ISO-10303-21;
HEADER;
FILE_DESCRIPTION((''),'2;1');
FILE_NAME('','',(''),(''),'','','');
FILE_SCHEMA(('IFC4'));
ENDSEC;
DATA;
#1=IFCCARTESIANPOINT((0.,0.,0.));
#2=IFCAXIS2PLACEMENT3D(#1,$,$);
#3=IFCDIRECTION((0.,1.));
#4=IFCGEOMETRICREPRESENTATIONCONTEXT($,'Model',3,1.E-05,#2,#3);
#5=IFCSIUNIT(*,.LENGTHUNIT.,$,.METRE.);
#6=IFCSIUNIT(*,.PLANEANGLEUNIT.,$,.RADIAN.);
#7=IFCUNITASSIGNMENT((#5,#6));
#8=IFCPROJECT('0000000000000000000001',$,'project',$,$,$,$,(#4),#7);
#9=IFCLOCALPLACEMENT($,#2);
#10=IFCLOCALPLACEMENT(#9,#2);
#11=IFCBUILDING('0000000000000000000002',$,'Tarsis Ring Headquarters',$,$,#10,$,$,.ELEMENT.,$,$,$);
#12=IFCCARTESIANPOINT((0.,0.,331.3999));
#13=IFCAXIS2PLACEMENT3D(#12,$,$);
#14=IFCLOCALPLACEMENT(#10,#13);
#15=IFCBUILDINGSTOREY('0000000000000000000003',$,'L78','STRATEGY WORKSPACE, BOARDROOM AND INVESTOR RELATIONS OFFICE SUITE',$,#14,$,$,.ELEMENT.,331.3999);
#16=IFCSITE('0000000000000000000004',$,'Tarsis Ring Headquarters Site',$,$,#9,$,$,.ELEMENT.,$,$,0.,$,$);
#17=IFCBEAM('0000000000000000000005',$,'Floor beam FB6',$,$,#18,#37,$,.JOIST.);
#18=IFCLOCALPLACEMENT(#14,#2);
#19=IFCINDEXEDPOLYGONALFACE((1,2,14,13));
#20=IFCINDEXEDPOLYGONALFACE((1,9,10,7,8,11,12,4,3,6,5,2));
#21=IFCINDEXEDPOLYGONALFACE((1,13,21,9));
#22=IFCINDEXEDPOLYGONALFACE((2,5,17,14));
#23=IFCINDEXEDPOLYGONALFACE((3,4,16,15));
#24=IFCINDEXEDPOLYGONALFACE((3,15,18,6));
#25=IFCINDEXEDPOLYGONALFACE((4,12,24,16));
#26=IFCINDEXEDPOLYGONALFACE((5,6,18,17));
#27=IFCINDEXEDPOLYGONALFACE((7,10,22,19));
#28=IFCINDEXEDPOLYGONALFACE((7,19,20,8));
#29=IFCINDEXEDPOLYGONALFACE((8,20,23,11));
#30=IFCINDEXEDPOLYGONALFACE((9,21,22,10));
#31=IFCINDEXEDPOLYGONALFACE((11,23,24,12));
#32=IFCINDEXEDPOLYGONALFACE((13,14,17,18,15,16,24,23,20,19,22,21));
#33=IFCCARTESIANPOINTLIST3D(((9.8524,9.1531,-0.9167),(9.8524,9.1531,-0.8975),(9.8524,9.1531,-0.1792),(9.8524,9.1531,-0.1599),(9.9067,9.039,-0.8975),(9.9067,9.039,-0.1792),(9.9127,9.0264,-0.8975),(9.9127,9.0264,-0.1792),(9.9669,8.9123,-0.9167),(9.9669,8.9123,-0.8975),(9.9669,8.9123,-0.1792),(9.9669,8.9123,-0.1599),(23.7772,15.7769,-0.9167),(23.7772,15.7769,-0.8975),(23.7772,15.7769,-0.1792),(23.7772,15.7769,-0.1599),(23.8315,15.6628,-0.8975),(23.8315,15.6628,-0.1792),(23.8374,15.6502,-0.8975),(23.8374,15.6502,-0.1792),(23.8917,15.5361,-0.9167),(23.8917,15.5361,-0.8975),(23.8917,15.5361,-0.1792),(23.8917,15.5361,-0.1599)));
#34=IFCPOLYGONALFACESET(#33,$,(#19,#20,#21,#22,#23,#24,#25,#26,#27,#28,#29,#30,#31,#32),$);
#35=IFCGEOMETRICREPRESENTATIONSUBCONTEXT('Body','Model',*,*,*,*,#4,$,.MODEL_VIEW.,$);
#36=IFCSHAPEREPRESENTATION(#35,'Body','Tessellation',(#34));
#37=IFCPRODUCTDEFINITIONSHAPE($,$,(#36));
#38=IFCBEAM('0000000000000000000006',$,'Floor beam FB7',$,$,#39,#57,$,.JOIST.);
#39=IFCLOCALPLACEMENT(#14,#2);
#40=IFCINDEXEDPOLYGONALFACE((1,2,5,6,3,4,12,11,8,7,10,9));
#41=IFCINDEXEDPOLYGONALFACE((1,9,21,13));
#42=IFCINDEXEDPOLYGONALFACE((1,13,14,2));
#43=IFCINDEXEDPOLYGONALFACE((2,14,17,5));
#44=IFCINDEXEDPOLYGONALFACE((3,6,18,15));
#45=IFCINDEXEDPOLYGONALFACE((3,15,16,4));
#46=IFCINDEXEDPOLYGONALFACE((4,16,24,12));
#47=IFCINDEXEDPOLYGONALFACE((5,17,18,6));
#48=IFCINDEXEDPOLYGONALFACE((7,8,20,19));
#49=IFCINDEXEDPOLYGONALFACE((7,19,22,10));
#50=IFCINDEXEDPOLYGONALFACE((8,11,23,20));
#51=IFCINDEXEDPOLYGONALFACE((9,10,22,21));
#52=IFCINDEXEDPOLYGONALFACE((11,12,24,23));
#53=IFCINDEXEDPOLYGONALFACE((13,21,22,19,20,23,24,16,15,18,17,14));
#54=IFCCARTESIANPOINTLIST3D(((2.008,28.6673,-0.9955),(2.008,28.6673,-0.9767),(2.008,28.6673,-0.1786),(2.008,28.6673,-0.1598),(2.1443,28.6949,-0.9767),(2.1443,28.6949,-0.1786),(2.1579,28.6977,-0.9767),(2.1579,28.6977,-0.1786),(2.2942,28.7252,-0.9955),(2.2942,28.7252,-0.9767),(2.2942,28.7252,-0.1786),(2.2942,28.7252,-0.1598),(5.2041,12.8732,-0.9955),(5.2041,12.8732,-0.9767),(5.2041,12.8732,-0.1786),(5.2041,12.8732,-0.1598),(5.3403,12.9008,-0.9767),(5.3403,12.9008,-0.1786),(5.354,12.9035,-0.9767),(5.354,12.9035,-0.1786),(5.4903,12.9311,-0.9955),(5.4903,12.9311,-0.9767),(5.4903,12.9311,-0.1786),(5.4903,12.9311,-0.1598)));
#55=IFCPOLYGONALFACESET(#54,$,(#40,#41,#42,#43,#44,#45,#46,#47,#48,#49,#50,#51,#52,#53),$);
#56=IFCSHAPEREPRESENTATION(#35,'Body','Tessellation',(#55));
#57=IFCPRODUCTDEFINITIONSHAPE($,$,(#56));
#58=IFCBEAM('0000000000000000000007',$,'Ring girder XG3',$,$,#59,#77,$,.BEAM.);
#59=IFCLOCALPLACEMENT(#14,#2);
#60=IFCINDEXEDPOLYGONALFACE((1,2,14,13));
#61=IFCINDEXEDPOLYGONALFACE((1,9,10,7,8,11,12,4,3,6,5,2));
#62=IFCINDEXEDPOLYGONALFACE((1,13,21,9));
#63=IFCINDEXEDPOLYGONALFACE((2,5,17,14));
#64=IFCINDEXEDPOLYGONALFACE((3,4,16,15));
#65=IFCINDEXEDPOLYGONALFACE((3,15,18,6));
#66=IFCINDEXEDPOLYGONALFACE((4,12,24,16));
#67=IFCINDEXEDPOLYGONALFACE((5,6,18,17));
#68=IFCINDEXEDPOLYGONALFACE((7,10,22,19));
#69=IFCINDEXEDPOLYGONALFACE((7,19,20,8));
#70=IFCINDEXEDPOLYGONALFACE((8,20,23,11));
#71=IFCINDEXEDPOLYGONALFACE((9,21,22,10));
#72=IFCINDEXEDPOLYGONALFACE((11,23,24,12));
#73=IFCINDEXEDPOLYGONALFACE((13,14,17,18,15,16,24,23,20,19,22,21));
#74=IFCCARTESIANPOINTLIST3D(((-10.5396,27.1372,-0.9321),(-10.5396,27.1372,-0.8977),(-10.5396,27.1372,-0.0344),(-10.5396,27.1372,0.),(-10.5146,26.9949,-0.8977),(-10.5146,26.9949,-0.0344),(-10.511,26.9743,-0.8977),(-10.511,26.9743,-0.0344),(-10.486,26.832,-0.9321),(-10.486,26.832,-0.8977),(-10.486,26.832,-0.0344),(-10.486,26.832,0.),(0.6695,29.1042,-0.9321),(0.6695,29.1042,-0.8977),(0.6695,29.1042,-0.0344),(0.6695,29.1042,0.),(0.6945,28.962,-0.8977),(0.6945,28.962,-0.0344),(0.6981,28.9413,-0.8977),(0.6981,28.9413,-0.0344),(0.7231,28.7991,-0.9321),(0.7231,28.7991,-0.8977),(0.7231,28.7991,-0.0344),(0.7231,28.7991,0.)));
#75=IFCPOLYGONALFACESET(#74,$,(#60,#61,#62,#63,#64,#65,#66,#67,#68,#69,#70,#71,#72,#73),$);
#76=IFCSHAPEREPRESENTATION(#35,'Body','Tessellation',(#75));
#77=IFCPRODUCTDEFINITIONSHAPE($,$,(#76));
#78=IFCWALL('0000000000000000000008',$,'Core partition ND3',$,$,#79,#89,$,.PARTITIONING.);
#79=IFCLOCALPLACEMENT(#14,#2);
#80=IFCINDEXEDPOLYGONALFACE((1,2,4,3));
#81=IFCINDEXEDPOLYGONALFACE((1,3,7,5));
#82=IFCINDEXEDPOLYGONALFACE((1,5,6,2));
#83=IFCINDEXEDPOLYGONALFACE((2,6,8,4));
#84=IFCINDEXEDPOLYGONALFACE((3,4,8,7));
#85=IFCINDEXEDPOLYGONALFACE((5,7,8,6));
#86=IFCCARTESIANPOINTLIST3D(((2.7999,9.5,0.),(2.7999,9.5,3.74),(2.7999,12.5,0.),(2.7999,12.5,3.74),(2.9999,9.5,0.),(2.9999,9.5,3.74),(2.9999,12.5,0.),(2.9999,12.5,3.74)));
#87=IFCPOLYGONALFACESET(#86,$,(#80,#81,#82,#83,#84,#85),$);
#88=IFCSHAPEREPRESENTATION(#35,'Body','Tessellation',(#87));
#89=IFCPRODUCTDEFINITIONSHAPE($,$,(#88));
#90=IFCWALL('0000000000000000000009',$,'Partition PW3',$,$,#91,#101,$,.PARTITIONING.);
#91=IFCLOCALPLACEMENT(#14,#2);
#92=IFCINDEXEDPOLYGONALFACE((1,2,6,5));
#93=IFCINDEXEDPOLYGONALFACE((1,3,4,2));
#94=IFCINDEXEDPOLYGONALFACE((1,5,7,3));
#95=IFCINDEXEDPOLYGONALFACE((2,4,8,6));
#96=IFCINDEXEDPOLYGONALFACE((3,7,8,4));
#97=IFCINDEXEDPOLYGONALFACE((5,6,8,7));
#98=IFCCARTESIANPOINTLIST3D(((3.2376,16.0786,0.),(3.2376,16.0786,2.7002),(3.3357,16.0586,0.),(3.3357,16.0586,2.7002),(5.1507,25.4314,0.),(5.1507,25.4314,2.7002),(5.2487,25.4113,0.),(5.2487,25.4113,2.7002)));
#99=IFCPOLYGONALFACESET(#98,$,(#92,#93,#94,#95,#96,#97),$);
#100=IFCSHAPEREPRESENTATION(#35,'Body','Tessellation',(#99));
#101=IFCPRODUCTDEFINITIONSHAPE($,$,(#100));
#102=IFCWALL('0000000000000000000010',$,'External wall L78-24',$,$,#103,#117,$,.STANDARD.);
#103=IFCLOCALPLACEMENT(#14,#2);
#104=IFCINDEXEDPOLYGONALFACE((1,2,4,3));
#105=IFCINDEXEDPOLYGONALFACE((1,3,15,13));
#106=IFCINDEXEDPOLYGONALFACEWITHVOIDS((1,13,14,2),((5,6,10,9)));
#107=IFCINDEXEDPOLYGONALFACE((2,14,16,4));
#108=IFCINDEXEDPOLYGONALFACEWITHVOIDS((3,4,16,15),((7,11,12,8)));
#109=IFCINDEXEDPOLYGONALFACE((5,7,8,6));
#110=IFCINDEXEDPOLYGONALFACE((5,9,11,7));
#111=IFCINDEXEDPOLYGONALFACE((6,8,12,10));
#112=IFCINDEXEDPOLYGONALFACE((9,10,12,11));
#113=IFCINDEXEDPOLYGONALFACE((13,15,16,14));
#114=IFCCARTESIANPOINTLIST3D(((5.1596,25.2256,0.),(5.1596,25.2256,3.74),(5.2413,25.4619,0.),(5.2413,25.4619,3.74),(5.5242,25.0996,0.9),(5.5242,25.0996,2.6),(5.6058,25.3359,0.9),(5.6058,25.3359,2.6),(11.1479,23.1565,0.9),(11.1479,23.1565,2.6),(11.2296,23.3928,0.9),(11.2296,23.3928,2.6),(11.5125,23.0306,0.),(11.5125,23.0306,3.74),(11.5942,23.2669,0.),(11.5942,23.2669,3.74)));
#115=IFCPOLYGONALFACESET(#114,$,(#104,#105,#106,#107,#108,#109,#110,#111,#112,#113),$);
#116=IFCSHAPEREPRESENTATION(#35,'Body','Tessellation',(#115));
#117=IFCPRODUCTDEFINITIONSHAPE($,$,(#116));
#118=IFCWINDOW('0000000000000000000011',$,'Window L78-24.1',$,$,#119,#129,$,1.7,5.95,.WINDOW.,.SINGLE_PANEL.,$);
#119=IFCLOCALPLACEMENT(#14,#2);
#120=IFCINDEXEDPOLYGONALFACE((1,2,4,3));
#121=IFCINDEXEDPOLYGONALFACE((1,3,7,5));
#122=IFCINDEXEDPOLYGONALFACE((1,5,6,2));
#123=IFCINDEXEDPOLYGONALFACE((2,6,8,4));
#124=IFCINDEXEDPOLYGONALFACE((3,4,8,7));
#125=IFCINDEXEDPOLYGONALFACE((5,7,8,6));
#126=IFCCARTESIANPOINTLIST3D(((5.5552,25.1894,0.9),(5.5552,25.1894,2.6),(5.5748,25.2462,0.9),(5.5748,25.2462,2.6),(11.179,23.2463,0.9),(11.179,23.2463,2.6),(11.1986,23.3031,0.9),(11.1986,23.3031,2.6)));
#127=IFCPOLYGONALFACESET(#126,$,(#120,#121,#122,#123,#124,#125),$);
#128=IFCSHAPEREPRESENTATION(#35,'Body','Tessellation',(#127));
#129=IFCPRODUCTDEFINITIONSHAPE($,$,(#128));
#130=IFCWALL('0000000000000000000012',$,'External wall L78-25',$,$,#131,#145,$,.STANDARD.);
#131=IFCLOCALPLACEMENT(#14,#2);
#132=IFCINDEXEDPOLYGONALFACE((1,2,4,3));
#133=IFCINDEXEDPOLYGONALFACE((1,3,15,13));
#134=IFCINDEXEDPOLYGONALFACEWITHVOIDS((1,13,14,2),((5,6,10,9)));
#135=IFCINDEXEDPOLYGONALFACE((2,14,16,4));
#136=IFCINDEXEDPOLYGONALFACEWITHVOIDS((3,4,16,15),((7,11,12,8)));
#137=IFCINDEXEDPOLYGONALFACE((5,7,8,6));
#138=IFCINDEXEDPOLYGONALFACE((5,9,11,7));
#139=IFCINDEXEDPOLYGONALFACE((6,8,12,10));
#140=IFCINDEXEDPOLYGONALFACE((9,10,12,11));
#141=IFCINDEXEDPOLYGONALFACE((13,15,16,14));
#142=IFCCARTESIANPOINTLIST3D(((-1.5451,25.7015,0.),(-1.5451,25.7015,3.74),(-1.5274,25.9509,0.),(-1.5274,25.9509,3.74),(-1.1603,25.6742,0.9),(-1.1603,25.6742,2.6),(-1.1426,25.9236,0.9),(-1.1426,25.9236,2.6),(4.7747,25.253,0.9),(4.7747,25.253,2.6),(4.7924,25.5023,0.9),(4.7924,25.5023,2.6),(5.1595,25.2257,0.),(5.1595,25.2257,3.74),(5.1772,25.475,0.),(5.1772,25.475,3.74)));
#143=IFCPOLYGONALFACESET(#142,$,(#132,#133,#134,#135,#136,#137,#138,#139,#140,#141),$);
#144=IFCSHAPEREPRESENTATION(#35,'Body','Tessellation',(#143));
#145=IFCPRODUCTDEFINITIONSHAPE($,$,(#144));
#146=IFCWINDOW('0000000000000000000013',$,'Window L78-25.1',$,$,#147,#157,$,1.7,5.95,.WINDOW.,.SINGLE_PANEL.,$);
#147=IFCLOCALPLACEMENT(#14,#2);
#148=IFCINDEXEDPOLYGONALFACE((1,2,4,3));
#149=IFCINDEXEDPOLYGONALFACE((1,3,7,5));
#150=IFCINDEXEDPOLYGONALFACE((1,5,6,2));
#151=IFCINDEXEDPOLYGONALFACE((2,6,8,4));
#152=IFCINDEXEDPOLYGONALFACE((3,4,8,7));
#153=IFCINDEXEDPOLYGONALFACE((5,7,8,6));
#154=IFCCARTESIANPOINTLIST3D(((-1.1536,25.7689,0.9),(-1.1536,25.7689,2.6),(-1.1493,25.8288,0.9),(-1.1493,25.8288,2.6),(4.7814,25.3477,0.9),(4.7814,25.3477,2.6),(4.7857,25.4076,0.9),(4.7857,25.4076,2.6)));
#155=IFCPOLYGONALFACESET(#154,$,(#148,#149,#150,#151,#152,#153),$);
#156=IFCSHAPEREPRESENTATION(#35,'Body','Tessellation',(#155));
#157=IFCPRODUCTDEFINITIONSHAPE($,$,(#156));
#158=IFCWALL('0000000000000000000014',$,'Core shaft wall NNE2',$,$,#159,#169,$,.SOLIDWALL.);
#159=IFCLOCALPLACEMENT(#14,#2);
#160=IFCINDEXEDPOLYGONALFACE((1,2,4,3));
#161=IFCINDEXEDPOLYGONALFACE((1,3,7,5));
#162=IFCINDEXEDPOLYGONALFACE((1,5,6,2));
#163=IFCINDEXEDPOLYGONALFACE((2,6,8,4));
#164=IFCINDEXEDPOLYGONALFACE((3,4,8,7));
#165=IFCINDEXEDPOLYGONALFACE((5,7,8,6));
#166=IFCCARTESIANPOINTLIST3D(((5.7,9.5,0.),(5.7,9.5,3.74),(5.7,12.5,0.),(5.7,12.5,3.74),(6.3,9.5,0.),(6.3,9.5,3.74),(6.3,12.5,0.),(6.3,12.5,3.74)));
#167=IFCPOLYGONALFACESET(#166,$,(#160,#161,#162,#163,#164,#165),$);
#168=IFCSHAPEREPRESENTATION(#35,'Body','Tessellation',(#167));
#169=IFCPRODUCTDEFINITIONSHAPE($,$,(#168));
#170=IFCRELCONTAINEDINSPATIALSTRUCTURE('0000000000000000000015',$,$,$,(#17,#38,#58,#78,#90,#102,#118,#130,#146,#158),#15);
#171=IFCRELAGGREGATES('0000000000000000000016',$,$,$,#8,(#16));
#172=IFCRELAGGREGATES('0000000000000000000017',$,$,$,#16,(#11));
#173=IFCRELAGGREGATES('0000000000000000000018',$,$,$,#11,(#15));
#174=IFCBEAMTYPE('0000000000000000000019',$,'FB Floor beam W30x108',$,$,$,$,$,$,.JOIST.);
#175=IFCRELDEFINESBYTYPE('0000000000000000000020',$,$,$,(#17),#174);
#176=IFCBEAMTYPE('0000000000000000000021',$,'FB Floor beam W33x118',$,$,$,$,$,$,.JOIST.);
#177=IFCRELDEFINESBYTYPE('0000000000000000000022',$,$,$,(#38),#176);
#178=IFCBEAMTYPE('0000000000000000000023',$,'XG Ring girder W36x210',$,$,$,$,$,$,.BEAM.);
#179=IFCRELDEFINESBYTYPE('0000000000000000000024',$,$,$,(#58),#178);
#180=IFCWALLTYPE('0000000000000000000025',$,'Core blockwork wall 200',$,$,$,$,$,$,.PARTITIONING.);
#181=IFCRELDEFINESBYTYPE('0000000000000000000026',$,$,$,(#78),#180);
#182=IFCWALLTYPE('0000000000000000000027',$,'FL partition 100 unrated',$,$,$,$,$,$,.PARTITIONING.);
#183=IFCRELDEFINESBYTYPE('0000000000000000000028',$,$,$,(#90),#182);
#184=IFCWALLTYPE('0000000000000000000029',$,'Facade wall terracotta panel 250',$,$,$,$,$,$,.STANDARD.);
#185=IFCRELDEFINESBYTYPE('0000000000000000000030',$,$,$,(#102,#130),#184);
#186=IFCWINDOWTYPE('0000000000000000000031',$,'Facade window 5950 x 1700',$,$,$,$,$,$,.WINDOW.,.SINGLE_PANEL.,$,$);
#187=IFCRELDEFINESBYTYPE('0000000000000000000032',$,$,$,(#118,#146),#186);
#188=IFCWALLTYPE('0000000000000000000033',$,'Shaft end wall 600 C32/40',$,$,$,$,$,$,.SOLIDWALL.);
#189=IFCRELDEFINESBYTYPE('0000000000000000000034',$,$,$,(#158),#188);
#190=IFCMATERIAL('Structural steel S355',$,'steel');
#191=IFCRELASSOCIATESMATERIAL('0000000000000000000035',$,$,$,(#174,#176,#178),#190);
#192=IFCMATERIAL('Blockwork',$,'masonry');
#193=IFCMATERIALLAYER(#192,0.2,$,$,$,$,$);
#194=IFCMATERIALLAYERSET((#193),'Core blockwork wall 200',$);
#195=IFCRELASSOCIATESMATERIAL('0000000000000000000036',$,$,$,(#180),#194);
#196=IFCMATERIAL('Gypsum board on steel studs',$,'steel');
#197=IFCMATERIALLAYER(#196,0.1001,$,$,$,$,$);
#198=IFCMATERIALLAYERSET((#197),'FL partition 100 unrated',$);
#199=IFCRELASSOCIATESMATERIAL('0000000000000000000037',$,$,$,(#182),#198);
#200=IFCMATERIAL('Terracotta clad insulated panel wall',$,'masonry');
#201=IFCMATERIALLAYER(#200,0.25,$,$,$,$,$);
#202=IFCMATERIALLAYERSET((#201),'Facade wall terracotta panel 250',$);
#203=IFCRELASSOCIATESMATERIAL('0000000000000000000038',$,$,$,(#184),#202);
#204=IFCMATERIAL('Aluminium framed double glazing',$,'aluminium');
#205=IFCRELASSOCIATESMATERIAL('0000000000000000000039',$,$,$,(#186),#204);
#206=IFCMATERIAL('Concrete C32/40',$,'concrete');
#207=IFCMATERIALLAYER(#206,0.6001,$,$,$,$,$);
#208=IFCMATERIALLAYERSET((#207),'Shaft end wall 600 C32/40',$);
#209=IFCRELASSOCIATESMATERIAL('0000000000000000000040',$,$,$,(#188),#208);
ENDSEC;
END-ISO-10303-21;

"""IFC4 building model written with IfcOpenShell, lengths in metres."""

from ifc_helpers import new_model, si_unit, direction, frame, frame_2d, origin, origin_2d, place, context, subcontext, project, spatial, rectangle, i_section, extrude, material, layer, layer_set, material_profile, profile_set, type_object, element, fill, save


model = new_model("IFC4")

# Units and contexts
model_context = context("Model", 3, precision=1e-05, world=origin(), true_north=direction((0.0, 1.0)))
body_context = subcontext(model_context, "Body", "Model", "MODEL_VIEW")
ifc_project = project(units=[si_unit("LENGTHUNIT", "METRE"), si_unit("PLANEANGLEUNIT", "RADIAN")], contexts=[model_context])

# Site, building, storey
site_placement = place(None, origin())
site = spatial("IfcSite", under=ifc_project, at=site_placement, Name="Tarsis Ring Headquarters Site", CompositionType="ELEMENT", RefElevation=0.0)
building_placement = place(site_placement, origin())
building = spatial("IfcBuilding", under=site, at=building_placement, Name="Tarsis Ring Headquarters", CompositionType="ELEMENT")
storey_placement = place(building_placement, frame((0.0, 0.0, 331.3999)))
storey = spatial("IfcBuildingStorey", under=building, at=storey_placement, Name="L78", Description="STRATEGY WORKSPACE, BOARDROOM AND INVESTOR RELATIONS OFFICE SUITE", CompositionType="ELEMENT", Elevation=331.3999)

# Shared definitions
ifc_material_1 = material(Name="Structural steel S355", Category="steel")

# Beams
ifc_material_profile_1 = material_profile(ifc_material_1, i_section(OverallWidth=0.2666, OverallDepth=0.7568, WebThickness=0.0139, FlangeThickness=0.0193, at=origin_2d()), Name="W30x108")
ifc_profile_set_1 = profile_set([ifc_material_profile_1], Name="Structural steel S355")
beam_type_1 = type_object("IfcBeamType", Name="FB Floor beam W30x108", PredefinedType="JOIST", material=ifc_profile_set_1)
beam_1_placement = place(storey_placement, frame((9.9097, 9.0327, -0.5383), z_axis=(0.903039, 0.429559, 0.0), x_axis=(-0.429559, 0.903039, 0.0)))
element("IfcBeam", 1, at=beam_1_placement, inside=storey, type_object=beam_type_1, Name="Floor beam FB6", PredefinedType="JOIST", context=body_context, shape_type="SweptSolid", body=[
    extrude(i_section(OverallWidth=0.2666, OverallDepth=0.7568, WebThickness=0.0139, FlangeThickness=0.0193, at=origin_2d()), origin(), (0.0, 0.0, 1.0), 15.4199),
])
ifc_material_profile_2 = material_profile(ifc_material_1, i_section(OverallWidth=0.292, OverallDepth=0.8357, WebThickness=0.0139, FlangeThickness=0.0188, at=origin_2d()), Name="W33x118")
ifc_profile_set_2 = profile_set([ifc_material_profile_2], Name="Structural steel S355")
beam_type_2 = type_object("IfcBeamType", Name="FB Floor beam W33x118", PredefinedType="JOIST", material=ifc_profile_set_2)
beam_2_placement = place(storey_placement, frame((2.1511, 28.6963, -0.5776), z_axis=(0.198336, -0.980134, 0.0), x_axis=(0.980134, 0.198336, 0.0)))
element("IfcBeam", 2, at=beam_2_placement, inside=storey, type_object=beam_type_2, Name="Floor beam FB7", PredefinedType="JOIST", context=body_context, shape_type="SweptSolid", body=[
    extrude(i_section(OverallWidth=0.292, OverallDepth=0.8357, WebThickness=0.0139, FlangeThickness=0.0188, at=origin_2d()), origin(), (0.0, 0.0, 1.0), 16.1143),
])
ifc_material_profile_3 = material_profile(ifc_material_1, i_section(OverallWidth=0.3098, OverallDepth=0.9321, WebThickness=0.021, FlangeThickness=0.0344, at=origin_2d()), Name="W36x210")
ifc_profile_set_3 = profile_set([ifc_material_profile_3], Name="Structural steel S355")
beam_type_3 = type_object("IfcBeamType", Name="XG Ring girder W36x210", PredefinedType="BEAM", material=ifc_profile_set_3)
beam_3_placement = place(storey_placement, frame((0.6963, 28.9517, -0.4661), z_axis=(-0.984949, -0.172847, 0.0), x_axis=(0.172847, -0.984949, 0.0)))
element("IfcBeam", 3, at=beam_3_placement, inside=storey, type_object=beam_type_3, Name="Ring girder XG3", PredefinedType="BEAM", context=body_context, shape_type="SweptSolid", body=[
    extrude(i_section(OverallWidth=0.3098, OverallDepth=0.9321, WebThickness=0.021, FlangeThickness=0.0344, at=origin_2d()), origin(), (0.0, 0.0, 1.0), 11.3804),
])

# Walls
ifc_material_2 = material(Name="Blockwork", Category="masonry")
ifc_layer_1 = layer(ifc_material_2, 0.2)
ifc_layer_set_1 = layer_set([ifc_layer_1], Name="Core blockwork wall 200")
wall_type_1 = type_object("IfcWallType", Name="Core blockwork wall 200", PredefinedType="PARTITIONING", material=ifc_layer_set_1)
wall_1_placement = place(storey_placement, frame((2.8999, 9.5, 0.0), z_axis=(0.0, 0.0, 1.0), x_axis=(0.0, 1.0, 0.0)))
element("IfcWall", 4, at=wall_1_placement, inside=storey, type_object=wall_type_1, Name="Core partition ND3", PredefinedType="PARTITIONING", context=body_context, shape_type="SweptSolid", body=[
    extrude(rectangle(XDim=3.0, YDim=0.2, at=frame_2d((1.5, 0.0))), origin(), (0.0, 0.0, 1.0), 3.74),
])
ifc_material_3 = material(Name="Gypsum board on steel studs", Category="steel")
ifc_layer_2 = layer(ifc_material_3, 0.1001)
ifc_layer_set_2 = layer_set([ifc_layer_2], Name="FL partition 100 unrated")
wall_type_2 = type_object("IfcWallType", Name="FL partition 100 unrated", PredefinedType="PARTITIONING", material=ifc_layer_set_2)
wall_2_placement = place(storey_placement, frame((3.2866, 16.0686, 0.0), z_axis=(0.0, 0.0, 1.0), x_axis=(0.200398, 0.979715, 0.0)))
element("IfcWall", 5, at=wall_2_placement, inside=storey, type_object=wall_type_2, Name="Partition PW3", PredefinedType="PARTITIONING", context=body_context, shape_type="SweptSolid", body=[
    extrude(rectangle(XDim=9.5464, YDim=0.1001, at=frame_2d((4.7732, 0.0))), origin(), (0.0, 0.0, 1.0), 2.7002),
])

# Walls, openings, windows
ifc_material_4 = material(Name="Terracotta clad insulated panel wall", Category="masonry")
ifc_layer_3 = layer(ifc_material_4, 0.25)
ifc_layer_set_3 = layer_set([ifc_layer_3], Name="Facade wall terracotta panel 250")
wall_type_3 = type_object("IfcWallType", Name="Facade wall terracotta panel 250", PredefinedType="STANDARD", material=ifc_layer_set_3)
wall_3_placement = place(storey_placement, frame((11.5535, 23.1487, 0.0), z_axis=(0.0, 0.0, 1.0), x_axis=(-0.945172, 0.326572, 0.0)))
wall_3 = element("IfcWall", 6, at=wall_3_placement, inside=storey, type_object=wall_type_3, Name="External wall L78-24", PredefinedType="STANDARD", context=body_context, shape_type="SweptSolid", body=[
    extrude(rectangle(XDim=6.7214, YDim=0.25, at=frame_2d((3.3608, 0.0))), origin(), (0.0, 0.0, 1.0), 3.74),
])
opening_1_placement = place(wall_3_placement, frame((0.3857, 0.0, 0.8999)))
opening_1 = element("IfcOpeningElement", 7, at=opening_1_placement, cuts=wall_3, PredefinedType="OPENING", context=body_context, shape_type="SweptSolid", body=[
    extrude(rectangle(XDim=5.95, YDim=1.7, at=frame_2d((2.9751, 0.8501))), frame((0.0, 0.135, 0.0), z_axis=(0.0, -1.0, 0.0), x_axis=(1.0, 0.0, 0.0)), (0.0, 0.0, 1.0), 0.27),
])
ifc_material_5 = material(Name="Aluminium framed double glazing", Category="aluminium")
window_type = type_object("IfcWindowType", Name="Facade window 5950 x 1700", PartitioningType="SINGLE_PANEL", PredefinedType="WINDOW", material=ifc_material_5)
window_1_placement = place(opening_1_placement, origin())
window_1 = element("IfcWindow", 8, at=window_1_placement, inside=storey, type_object=window_type, Name="Window L78-24.1", OverallHeight=1.7, OverallWidth=5.95, PartitioningType="SINGLE_PANEL", PredefinedType="WINDOW", context=body_context, shape_type="SweptSolid", body=[
    extrude(rectangle(XDim=5.95, YDim=1.7, at=frame_2d((2.9751, 0.8501))), frame((0.0, 0.03, 0.0), z_axis=(0.0, -1.0, 0.0), x_axis=(1.0, 0.0, 0.0)), (0.0, 0.0, 1.0), 0.0601),
])
fill(opening_1, window_1)
wall_4_placement = place(storey_placement, frame((5.1685, 25.3503, 0.0), z_axis=(0.0, 0.0, 1.0), x_axis=(-0.997491, 0.070793, 0.0)))
wall_4 = element("IfcWall", 9, at=wall_4_placement, inside=storey, type_object=wall_type_3, Name="External wall L78-25", PredefinedType="STANDARD", context=body_context, shape_type="SweptSolid", body=[
    extrude(rectangle(XDim=6.7214, YDim=0.25, at=frame_2d((3.3608, 0.0))), origin(), (0.0, 0.0, 1.0), 3.74),
])
opening_2_placement = place(wall_4_placement, frame((0.3857, 0.0, 0.8999)))
opening_2 = element("IfcOpeningElement", 10, at=opening_2_placement, cuts=wall_4, PredefinedType="OPENING", context=body_context, shape_type="SweptSolid", body=[
    extrude(rectangle(XDim=5.95, YDim=1.7, at=frame_2d((2.9751, 0.8501))), frame((0.0, 0.135, 0.0), z_axis=(0.0, -1.0, 0.0), x_axis=(1.0, 0.0, 0.0)), (0.0, 0.0, 1.0), 0.27),
])
window_2_placement = place(opening_2_placement, origin())
window_2 = element("IfcWindow", 11, at=window_2_placement, inside=storey, type_object=window_type, Name="Window L78-25.1", OverallHeight=1.7, OverallWidth=5.95, PartitioningType="SINGLE_PANEL", PredefinedType="WINDOW", context=body_context, shape_type="SweptSolid", body=[
    extrude(rectangle(XDim=5.95, YDim=1.7, at=frame_2d((2.9751, 0.8501))), frame((0.0, 0.03, 0.0), z_axis=(0.0, -1.0, 0.0), x_axis=(1.0, 0.0, 0.0)), (0.0, 0.0, 1.0), 0.0601),
])
fill(opening_2, window_2)

# Wall
ifc_material_6 = material(Name="Concrete C32/40", Category="concrete")
ifc_layer_4 = layer(ifc_material_6, 0.6001)
ifc_layer_set_4 = layer_set([ifc_layer_4], Name="Shaft end wall 600 C32/40")
wall_type_4 = type_object("IfcWallType", Name="Shaft end wall 600 C32/40", PredefinedType="SOLIDWALL", material=ifc_layer_set_4)
wall_5_placement = place(storey_placement, frame((6.0, 9.5, 0.0), z_axis=(0.0, 0.0, 1.0), x_axis=(0.0, 1.0, 0.0)))
element("IfcWall", 12, at=wall_5_placement, inside=storey, type_object=wall_type_4, Name="Core shaft wall NNE2", PredefinedType="SOLIDWALL", context=body_context, shape_type="SweptSolid", body=[
    extrude(rectangle(XDim=3.0, YDim=0.6001, at=frame_2d((1.5, 0.0))), origin(), (0.0, 0.0, 1.0), 3.74),
])

save(model, "model.ifc")
